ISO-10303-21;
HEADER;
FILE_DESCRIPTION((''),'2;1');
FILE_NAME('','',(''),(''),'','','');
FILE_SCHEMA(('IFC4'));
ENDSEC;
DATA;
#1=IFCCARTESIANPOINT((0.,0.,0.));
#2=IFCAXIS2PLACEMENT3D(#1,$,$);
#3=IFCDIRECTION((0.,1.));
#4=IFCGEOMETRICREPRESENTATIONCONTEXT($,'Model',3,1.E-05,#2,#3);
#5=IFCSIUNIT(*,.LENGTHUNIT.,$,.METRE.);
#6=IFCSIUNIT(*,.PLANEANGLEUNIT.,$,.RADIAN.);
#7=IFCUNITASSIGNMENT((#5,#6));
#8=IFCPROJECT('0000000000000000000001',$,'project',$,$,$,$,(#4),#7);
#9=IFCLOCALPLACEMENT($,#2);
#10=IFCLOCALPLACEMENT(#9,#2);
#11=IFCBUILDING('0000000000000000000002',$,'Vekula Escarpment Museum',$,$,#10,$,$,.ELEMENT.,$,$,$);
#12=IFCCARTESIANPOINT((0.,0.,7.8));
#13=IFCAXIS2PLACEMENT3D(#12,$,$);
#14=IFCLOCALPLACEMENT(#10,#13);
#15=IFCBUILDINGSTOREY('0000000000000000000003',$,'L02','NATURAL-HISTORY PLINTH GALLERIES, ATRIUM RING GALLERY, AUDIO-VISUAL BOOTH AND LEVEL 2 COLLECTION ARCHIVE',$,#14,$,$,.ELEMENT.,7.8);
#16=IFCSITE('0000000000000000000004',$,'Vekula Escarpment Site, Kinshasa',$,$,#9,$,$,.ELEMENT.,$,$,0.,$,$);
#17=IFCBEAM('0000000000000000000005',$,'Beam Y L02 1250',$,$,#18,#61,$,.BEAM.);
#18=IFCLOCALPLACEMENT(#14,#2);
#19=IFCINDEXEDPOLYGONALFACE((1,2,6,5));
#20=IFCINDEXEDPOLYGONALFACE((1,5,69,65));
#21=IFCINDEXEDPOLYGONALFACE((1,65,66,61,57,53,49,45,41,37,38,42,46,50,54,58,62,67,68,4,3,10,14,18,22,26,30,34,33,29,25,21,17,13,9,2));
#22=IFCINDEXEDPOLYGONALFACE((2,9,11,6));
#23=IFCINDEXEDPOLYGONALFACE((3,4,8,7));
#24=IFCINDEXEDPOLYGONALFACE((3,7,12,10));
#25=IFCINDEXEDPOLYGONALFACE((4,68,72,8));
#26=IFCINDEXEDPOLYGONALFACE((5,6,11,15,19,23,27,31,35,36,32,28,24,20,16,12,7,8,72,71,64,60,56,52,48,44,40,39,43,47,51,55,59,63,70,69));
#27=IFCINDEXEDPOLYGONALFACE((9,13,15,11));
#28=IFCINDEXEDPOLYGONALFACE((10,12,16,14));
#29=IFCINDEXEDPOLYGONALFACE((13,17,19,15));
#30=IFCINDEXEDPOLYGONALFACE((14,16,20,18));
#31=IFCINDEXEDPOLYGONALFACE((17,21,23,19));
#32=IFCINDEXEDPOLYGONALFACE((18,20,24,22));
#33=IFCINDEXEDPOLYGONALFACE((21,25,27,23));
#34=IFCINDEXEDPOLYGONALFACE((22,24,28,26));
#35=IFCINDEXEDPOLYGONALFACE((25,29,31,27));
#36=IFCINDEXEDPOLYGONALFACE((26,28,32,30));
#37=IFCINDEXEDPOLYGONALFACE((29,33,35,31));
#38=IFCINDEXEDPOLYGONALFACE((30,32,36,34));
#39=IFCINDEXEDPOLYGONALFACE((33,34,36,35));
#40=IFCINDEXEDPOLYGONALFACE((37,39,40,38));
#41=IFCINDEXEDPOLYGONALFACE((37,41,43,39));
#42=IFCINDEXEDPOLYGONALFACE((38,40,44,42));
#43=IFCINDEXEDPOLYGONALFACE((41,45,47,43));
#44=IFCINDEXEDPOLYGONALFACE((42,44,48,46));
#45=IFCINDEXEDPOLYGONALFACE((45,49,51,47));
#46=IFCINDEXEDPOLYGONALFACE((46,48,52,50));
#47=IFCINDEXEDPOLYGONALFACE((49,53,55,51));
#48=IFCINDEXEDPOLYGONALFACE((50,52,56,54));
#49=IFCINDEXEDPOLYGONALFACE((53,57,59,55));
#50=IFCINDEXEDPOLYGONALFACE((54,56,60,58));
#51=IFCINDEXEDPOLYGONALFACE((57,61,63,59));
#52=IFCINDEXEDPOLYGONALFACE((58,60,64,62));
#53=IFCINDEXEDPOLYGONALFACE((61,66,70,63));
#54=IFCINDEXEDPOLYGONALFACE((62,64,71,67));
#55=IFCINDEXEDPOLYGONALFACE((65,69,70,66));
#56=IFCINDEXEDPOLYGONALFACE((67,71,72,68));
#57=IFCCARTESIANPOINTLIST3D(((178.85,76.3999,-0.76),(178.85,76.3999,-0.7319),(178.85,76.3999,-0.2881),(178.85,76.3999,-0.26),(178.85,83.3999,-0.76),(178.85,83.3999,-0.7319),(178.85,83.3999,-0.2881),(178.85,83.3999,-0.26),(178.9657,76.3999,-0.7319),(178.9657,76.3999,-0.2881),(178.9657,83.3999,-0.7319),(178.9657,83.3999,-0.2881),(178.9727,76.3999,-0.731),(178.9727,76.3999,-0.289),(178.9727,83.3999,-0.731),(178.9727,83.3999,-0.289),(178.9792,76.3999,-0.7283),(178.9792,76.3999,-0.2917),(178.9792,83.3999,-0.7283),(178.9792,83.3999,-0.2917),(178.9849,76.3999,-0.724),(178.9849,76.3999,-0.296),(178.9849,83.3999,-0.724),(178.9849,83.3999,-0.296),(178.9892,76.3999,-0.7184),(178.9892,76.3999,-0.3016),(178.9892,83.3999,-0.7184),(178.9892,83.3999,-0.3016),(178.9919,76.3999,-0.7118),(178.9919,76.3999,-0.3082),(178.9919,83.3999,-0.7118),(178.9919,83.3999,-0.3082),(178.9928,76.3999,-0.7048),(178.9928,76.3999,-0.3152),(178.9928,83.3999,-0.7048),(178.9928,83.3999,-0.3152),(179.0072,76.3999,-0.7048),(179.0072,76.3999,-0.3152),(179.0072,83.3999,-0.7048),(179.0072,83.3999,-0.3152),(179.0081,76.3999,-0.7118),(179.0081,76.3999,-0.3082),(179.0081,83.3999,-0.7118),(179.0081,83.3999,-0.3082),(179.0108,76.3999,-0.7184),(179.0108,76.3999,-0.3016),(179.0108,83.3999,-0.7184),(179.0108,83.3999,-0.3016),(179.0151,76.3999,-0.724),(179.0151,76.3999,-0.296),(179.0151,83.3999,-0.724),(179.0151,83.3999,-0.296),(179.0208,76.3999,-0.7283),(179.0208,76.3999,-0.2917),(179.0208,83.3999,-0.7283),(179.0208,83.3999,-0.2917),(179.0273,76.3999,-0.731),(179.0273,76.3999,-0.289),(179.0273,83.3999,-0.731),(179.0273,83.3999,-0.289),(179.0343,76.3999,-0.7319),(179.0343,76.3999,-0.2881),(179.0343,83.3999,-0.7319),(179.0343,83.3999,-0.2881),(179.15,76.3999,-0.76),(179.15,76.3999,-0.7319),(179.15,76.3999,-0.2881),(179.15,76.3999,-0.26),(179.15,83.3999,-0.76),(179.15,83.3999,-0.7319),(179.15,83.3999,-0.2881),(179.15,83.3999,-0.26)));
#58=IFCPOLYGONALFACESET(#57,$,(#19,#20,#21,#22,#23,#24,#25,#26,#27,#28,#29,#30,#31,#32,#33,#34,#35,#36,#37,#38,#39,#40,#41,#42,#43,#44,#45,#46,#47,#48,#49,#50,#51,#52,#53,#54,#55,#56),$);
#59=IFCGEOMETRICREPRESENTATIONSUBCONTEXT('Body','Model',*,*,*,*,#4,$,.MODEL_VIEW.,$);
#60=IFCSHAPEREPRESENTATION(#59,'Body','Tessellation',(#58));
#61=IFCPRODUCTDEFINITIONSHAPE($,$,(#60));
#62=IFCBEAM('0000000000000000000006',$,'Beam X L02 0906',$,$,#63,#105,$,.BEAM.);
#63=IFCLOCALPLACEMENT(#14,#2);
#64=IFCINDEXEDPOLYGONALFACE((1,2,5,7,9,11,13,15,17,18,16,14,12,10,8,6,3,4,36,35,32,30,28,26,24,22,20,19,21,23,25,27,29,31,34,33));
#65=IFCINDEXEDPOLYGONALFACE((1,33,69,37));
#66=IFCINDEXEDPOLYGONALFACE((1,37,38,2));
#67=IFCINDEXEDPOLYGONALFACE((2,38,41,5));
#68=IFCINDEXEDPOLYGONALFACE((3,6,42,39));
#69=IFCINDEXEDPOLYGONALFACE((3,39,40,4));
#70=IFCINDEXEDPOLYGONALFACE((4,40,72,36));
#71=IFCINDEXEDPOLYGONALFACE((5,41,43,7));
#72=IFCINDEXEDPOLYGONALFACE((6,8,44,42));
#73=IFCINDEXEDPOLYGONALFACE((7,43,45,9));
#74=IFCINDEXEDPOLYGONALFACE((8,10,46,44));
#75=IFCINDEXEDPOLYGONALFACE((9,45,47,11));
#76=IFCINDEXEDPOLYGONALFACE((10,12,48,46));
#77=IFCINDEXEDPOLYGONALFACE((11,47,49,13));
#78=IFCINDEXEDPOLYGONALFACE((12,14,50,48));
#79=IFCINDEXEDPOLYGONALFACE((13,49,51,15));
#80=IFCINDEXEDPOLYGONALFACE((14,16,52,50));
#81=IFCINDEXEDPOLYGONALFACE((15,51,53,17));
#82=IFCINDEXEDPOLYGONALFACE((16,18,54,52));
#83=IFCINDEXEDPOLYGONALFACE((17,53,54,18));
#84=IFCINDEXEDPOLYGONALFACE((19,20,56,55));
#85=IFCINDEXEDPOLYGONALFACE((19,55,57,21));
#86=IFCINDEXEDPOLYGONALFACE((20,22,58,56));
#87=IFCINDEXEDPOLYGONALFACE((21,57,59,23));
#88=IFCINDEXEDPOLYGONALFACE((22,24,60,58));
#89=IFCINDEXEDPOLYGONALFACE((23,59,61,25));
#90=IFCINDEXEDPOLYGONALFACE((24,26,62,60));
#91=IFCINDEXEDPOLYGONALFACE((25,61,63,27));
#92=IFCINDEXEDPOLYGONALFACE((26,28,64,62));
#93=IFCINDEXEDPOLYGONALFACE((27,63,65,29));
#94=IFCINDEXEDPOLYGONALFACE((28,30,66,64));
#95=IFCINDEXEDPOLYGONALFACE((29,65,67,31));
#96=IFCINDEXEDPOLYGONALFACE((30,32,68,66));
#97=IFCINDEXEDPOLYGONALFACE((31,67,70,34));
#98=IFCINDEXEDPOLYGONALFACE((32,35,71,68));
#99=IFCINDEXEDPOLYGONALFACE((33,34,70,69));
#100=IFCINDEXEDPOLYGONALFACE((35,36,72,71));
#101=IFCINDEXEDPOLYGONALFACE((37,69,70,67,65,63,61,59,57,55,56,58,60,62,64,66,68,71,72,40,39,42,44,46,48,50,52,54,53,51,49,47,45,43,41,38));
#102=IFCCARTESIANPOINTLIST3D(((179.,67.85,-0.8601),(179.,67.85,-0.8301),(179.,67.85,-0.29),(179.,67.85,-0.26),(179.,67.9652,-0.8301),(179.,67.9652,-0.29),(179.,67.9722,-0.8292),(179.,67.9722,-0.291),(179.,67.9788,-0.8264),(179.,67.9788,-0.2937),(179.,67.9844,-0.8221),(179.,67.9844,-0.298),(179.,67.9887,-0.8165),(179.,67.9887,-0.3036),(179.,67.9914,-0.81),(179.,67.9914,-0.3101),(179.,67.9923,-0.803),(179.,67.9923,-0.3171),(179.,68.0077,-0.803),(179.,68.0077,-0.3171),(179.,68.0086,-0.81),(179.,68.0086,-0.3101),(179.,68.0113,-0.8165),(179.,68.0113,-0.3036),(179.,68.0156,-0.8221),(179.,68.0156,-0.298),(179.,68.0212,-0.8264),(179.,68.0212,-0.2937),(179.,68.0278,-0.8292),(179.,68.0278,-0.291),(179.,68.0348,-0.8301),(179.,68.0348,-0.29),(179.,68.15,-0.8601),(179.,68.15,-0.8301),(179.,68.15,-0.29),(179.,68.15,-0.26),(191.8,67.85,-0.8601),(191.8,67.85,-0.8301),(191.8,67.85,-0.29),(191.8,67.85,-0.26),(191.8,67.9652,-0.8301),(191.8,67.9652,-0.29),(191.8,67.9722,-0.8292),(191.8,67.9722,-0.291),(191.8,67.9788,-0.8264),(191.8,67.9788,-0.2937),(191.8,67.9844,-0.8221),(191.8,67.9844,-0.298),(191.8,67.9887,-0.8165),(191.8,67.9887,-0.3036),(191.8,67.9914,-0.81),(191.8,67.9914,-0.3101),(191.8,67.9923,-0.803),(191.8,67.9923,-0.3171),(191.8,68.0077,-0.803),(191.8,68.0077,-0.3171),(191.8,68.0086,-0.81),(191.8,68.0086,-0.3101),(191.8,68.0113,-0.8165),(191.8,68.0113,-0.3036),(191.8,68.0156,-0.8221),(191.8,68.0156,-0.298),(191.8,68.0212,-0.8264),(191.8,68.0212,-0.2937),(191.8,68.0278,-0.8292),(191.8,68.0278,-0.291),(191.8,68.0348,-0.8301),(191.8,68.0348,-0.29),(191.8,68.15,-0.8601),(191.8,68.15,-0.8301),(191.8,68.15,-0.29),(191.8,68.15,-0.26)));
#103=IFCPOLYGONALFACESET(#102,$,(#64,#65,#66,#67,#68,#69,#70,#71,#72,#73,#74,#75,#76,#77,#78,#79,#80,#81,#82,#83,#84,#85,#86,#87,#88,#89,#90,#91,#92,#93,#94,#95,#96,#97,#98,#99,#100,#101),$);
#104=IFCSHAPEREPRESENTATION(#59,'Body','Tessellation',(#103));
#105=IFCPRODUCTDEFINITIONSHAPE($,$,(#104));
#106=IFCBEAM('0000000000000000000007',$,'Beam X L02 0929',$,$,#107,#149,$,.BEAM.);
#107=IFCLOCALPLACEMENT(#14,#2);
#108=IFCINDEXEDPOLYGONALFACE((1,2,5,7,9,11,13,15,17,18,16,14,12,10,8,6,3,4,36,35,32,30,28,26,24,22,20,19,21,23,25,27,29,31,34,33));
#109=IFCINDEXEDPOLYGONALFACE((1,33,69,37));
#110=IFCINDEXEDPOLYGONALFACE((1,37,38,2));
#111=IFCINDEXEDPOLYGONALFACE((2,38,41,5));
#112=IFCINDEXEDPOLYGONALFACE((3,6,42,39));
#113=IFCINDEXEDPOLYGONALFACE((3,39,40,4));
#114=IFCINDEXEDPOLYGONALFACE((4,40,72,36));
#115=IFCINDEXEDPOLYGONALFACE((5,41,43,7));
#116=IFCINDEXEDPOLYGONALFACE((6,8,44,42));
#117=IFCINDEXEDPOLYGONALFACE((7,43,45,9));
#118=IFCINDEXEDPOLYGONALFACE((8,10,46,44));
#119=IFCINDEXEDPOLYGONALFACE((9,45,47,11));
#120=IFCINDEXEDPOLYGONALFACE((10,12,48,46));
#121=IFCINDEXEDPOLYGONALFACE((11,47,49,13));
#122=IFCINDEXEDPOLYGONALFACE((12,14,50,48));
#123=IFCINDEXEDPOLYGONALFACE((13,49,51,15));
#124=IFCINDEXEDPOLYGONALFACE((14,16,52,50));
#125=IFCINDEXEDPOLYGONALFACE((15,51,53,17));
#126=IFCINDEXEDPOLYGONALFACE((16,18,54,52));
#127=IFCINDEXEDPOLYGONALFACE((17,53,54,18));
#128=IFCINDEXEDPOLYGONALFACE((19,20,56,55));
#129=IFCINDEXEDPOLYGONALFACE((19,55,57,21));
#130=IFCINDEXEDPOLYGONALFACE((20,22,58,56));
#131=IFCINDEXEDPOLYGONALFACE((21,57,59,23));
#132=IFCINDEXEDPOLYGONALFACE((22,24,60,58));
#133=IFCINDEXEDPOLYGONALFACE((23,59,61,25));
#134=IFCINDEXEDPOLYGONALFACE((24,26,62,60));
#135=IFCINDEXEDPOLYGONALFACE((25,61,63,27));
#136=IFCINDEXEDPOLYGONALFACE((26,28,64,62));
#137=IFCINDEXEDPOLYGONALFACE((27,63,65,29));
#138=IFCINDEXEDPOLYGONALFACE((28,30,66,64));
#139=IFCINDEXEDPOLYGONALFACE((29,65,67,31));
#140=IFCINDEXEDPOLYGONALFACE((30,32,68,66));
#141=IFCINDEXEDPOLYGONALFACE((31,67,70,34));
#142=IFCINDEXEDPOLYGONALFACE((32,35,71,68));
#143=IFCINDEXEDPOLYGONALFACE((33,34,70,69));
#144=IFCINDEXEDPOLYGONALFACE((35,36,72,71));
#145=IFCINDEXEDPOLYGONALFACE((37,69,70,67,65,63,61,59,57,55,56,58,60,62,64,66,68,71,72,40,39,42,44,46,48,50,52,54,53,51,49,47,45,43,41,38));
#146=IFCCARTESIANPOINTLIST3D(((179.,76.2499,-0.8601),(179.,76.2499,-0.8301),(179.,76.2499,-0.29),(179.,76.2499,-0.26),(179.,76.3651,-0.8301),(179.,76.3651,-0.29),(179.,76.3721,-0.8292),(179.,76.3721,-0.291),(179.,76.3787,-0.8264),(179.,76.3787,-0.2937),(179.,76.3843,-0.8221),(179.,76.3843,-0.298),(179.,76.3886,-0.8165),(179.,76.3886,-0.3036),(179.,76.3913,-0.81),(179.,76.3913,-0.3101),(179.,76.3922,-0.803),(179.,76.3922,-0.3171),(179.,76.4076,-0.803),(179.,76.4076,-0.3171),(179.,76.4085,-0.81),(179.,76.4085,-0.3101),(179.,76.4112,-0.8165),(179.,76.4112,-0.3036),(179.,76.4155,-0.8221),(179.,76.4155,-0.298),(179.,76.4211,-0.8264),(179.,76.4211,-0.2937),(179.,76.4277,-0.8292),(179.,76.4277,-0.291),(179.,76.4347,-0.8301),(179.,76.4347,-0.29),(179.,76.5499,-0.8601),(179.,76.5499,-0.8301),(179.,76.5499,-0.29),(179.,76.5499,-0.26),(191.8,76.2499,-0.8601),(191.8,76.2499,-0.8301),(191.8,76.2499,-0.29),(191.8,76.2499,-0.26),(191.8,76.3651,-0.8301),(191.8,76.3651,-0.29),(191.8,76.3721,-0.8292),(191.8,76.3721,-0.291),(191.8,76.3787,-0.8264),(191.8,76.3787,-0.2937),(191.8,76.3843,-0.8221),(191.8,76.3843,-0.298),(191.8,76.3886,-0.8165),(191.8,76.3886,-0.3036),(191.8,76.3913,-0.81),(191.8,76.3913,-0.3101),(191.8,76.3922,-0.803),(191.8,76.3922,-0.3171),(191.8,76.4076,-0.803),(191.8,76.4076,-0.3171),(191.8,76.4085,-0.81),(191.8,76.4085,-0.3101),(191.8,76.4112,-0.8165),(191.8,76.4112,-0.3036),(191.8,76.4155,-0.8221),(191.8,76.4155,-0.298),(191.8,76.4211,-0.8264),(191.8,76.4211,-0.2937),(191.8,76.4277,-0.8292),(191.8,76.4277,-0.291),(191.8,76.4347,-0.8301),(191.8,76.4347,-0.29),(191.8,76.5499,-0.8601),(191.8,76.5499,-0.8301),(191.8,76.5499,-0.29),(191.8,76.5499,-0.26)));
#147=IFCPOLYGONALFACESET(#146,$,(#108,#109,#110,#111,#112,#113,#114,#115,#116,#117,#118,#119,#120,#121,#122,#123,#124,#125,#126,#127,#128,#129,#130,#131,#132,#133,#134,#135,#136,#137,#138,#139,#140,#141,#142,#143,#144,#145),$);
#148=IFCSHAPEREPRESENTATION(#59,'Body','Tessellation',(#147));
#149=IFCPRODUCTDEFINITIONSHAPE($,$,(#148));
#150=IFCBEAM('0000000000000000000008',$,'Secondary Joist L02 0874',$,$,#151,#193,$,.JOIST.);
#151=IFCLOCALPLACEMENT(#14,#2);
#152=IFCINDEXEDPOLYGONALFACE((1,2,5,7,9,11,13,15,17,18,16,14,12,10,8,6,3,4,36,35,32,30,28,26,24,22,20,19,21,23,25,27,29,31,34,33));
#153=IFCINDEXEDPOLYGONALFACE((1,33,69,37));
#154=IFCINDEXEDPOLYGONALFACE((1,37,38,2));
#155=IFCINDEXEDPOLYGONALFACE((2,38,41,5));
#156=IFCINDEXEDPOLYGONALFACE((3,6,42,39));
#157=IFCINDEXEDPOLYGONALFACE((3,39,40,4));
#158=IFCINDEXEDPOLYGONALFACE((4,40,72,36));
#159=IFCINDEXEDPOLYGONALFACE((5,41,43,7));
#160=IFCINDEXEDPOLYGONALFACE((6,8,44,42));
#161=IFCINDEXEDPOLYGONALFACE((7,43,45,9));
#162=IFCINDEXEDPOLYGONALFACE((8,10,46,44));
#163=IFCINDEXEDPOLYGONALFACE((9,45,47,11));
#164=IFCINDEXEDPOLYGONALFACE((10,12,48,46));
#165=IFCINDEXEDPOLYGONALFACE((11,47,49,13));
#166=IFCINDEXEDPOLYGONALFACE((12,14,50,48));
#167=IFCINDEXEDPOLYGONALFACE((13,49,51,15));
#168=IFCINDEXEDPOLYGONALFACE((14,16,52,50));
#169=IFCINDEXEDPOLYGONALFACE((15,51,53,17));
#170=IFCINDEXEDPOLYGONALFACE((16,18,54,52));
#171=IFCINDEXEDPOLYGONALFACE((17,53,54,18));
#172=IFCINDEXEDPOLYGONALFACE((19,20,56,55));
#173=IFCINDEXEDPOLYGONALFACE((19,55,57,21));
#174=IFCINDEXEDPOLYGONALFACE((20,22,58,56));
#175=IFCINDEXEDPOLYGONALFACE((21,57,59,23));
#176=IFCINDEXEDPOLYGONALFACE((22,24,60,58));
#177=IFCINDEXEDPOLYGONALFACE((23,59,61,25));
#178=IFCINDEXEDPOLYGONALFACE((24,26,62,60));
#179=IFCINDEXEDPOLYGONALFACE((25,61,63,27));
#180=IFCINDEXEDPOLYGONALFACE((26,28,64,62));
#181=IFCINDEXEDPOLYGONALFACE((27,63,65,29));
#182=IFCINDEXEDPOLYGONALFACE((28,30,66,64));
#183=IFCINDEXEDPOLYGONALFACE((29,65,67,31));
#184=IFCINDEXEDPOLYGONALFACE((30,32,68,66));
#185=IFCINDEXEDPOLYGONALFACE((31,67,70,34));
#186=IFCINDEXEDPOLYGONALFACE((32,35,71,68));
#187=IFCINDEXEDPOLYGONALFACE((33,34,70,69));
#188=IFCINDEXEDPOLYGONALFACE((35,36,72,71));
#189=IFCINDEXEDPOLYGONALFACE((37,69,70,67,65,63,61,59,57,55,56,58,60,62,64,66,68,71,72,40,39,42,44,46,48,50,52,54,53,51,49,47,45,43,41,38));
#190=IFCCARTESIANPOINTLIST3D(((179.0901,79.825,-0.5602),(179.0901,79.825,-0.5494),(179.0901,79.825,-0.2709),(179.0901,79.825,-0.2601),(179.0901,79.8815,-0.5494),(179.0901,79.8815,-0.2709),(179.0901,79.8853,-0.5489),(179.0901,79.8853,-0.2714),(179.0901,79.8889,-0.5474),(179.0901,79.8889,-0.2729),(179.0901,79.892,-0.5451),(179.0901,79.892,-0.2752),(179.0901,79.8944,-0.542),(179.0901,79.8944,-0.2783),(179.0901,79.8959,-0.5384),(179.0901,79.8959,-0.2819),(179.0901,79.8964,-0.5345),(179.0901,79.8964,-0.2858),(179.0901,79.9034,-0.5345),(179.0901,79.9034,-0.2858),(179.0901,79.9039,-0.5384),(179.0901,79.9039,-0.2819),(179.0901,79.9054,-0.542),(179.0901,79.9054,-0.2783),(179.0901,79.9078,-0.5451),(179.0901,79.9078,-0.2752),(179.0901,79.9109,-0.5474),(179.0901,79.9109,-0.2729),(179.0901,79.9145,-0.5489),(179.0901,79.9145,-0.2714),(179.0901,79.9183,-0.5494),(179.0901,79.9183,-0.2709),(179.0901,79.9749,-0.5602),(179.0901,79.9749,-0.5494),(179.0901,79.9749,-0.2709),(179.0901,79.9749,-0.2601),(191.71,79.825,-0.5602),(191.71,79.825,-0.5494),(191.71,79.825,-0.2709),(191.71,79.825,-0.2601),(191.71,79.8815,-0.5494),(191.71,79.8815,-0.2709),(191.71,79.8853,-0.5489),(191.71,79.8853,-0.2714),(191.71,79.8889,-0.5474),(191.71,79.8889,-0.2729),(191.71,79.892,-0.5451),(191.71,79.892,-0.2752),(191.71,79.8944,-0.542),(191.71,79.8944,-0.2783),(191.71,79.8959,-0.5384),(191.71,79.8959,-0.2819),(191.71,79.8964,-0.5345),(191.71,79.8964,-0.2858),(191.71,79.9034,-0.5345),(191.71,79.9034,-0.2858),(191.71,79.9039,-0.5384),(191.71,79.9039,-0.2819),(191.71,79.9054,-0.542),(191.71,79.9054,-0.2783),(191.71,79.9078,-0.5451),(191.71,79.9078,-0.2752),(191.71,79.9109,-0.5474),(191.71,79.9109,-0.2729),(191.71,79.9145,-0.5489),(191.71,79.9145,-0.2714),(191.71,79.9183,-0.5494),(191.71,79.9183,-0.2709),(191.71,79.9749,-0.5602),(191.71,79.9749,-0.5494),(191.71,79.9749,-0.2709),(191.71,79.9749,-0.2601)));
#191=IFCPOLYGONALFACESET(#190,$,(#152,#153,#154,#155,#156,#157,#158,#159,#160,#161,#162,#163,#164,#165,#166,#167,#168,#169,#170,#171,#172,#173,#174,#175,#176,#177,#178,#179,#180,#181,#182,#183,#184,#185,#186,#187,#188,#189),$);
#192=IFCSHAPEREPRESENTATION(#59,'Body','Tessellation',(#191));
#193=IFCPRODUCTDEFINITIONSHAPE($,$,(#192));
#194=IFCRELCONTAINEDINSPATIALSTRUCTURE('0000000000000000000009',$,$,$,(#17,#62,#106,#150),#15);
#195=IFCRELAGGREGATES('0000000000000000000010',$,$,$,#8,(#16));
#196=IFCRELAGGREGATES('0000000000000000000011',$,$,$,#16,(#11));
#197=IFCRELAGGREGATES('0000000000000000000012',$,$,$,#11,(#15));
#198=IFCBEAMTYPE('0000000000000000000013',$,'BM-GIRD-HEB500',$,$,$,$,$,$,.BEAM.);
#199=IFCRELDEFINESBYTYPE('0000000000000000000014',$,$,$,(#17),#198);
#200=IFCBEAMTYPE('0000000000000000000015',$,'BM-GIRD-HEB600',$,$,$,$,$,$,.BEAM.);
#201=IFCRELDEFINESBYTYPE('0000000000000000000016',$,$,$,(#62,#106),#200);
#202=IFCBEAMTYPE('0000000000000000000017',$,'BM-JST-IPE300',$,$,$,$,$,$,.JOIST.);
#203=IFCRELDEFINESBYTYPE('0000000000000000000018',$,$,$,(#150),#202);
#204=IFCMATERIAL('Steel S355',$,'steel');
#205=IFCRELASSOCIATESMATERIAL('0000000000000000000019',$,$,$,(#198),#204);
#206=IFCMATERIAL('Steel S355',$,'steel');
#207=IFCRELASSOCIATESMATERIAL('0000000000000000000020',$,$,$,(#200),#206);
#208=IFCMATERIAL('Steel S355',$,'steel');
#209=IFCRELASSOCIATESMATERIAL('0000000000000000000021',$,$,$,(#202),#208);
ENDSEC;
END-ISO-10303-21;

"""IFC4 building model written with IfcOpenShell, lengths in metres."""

from ifc_helpers import new_model, si_unit, direction, frame, origin, origin_2d, place, context, subcontext, project, spatial, i_section, extrude, material, material_profile, profile_set, type_object, element, save


model = new_model("IFC4")

# Units and contexts
model_context = context("Model", 3, precision=1e-05, world=origin(), true_north=direction((0.0, 1.0)))
body_context = subcontext(model_context, "Body", "Model", "MODEL_VIEW")
ifc_project = project(units=[si_unit("LENGTHUNIT", "METRE"), si_unit("PLANEANGLEUNIT", "RADIAN")], contexts=[model_context])

# Site, building, storey
site_placement = place(None, origin())
site = spatial("IfcSite", under=ifc_project, at=site_placement, Name="Vekula Escarpment Site, Kinshasa", CompositionType="ELEMENT", RefElevation=0.0)
building_placement = place(site_placement, origin())
building = spatial("IfcBuilding", under=site, at=building_placement, Name="Vekula Escarpment Museum", CompositionType="ELEMENT")
storey_placement = place(building_placement, frame((0.0, 0.0, 7.8)))
storey = spatial("IfcBuildingStorey", under=building, at=storey_placement, Name="L02", Description="NATURAL-HISTORY PLINTH GALLERIES, ATRIUM RING GALLERY, AUDIO-VISUAL BOOTH AND LEVEL 2 COLLECTION ARCHIVE", CompositionType="ELEMENT", Elevation=7.8)

# Beams
ifc_material_1 = material(Name="Steel S355", Category="steel")
ifc_material_profile_1 = material_profile(ifc_material_1, i_section(OverallWidth=0.3, OverallDepth=0.5, WebThickness=0.0144, FlangeThickness=0.0281, FilletRadius=0.0271, at=origin_2d()), Name="HEB 500")
ifc_profile_set_1 = profile_set([ifc_material_profile_1], Name="Steel S355")
beam_type_1 = type_object("IfcBeamType", Name="BM-GIRD-HEB500", PredefinedType="BEAM", material=ifc_profile_set_1)
beam_1_placement = place(storey_placement, frame((179.0, 76.3999, -0.51), z_axis=(0.0, 1.0, 0.0), x_axis=(-1.0, 0.0, 0.0)))
element("IfcBeam", 1, at=beam_1_placement, inside=storey, type_object=beam_type_1, Name="Beam Y L02 1250", PredefinedType="BEAM", context=body_context, shape_type="SweptSolid", body=[
    extrude(i_section(OverallWidth=0.3, OverallDepth=0.5, WebThickness=0.0144, FlangeThickness=0.0281, FilletRadius=0.0271, at=origin_2d()), origin(), (0.0, 0.0, 1.0), 7.0),
])
ifc_material_2 = material(Name="Steel S355", Category="steel")
ifc_material_profile_2 = material_profile(ifc_material_2, i_section(OverallWidth=0.3, OverallDepth=0.6001, WebThickness=0.0154, FlangeThickness=0.03, FilletRadius=0.0271, at=origin_2d()), Name="HEB 600")
ifc_profile_set_2 = profile_set([ifc_material_profile_2], Name="Steel S355")
beam_type_2 = type_object("IfcBeamType", Name="BM-GIRD-HEB600", PredefinedType="BEAM", material=ifc_profile_set_2)
for number, where, z_axis, x_axis, name in (
    (2, (179.0, 68.0, -0.5601), (1.0, 0.0, 0.0), (0.0, 1.0, 0.0), "Beam X L02 0906"),
    (3, (179.0, 76.3999, -0.5601), (1.0, 0.0, 0.0), (0.0, 1.0, 0.0), "Beam X L02 0929"),
):
    element("IfcBeam", number, at=place(storey_placement, frame(where, z_axis=z_axis, x_axis=x_axis)), inside=storey, type_object=beam_type_2, Name=name, PredefinedType="BEAM", context=body_context, shape_type="SweptSolid", body=[
        extrude(i_section(OverallWidth=0.3, OverallDepth=0.6001, WebThickness=0.0154, FlangeThickness=0.03, FilletRadius=0.0271, at=origin_2d()), origin(), (0.0, 0.0, 1.0), 12.8),
    ])
ifc_material_3 = material(Name="Steel S355", Category="steel")
ifc_material_profile_3 = material_profile(ifc_material_3, i_section(OverallWidth=0.1499, OverallDepth=0.3, WebThickness=0.0071, FlangeThickness=0.0107, FilletRadius=0.0149, at=origin_2d()), Name="IPE 300")
ifc_profile_set_3 = profile_set([ifc_material_profile_3], Name="Steel S355")
beam_type_3 = type_object("IfcBeamType", Name="BM-JST-IPE300", PredefinedType="JOIST", material=ifc_profile_set_3)
beam_2_placement = place(storey_placement, frame((179.0901, 79.8999, -0.4102), z_axis=(1.0, 0.0, 0.0), x_axis=(0.0, 1.0, 0.0)))
element("IfcBeam", 4, at=beam_2_placement, inside=storey, type_object=beam_type_3, Name="Secondary Joist L02 0874", PredefinedType="JOIST", context=body_context, shape_type="SweptSolid", body=[
    extrude(i_section(OverallWidth=0.1499, OverallDepth=0.3, WebThickness=0.0071, FlangeThickness=0.0107, FilletRadius=0.0149, at=origin_2d()), origin(), (0.0, 0.0, 1.0), 12.6199),
])

save(model, "model.ifc")
